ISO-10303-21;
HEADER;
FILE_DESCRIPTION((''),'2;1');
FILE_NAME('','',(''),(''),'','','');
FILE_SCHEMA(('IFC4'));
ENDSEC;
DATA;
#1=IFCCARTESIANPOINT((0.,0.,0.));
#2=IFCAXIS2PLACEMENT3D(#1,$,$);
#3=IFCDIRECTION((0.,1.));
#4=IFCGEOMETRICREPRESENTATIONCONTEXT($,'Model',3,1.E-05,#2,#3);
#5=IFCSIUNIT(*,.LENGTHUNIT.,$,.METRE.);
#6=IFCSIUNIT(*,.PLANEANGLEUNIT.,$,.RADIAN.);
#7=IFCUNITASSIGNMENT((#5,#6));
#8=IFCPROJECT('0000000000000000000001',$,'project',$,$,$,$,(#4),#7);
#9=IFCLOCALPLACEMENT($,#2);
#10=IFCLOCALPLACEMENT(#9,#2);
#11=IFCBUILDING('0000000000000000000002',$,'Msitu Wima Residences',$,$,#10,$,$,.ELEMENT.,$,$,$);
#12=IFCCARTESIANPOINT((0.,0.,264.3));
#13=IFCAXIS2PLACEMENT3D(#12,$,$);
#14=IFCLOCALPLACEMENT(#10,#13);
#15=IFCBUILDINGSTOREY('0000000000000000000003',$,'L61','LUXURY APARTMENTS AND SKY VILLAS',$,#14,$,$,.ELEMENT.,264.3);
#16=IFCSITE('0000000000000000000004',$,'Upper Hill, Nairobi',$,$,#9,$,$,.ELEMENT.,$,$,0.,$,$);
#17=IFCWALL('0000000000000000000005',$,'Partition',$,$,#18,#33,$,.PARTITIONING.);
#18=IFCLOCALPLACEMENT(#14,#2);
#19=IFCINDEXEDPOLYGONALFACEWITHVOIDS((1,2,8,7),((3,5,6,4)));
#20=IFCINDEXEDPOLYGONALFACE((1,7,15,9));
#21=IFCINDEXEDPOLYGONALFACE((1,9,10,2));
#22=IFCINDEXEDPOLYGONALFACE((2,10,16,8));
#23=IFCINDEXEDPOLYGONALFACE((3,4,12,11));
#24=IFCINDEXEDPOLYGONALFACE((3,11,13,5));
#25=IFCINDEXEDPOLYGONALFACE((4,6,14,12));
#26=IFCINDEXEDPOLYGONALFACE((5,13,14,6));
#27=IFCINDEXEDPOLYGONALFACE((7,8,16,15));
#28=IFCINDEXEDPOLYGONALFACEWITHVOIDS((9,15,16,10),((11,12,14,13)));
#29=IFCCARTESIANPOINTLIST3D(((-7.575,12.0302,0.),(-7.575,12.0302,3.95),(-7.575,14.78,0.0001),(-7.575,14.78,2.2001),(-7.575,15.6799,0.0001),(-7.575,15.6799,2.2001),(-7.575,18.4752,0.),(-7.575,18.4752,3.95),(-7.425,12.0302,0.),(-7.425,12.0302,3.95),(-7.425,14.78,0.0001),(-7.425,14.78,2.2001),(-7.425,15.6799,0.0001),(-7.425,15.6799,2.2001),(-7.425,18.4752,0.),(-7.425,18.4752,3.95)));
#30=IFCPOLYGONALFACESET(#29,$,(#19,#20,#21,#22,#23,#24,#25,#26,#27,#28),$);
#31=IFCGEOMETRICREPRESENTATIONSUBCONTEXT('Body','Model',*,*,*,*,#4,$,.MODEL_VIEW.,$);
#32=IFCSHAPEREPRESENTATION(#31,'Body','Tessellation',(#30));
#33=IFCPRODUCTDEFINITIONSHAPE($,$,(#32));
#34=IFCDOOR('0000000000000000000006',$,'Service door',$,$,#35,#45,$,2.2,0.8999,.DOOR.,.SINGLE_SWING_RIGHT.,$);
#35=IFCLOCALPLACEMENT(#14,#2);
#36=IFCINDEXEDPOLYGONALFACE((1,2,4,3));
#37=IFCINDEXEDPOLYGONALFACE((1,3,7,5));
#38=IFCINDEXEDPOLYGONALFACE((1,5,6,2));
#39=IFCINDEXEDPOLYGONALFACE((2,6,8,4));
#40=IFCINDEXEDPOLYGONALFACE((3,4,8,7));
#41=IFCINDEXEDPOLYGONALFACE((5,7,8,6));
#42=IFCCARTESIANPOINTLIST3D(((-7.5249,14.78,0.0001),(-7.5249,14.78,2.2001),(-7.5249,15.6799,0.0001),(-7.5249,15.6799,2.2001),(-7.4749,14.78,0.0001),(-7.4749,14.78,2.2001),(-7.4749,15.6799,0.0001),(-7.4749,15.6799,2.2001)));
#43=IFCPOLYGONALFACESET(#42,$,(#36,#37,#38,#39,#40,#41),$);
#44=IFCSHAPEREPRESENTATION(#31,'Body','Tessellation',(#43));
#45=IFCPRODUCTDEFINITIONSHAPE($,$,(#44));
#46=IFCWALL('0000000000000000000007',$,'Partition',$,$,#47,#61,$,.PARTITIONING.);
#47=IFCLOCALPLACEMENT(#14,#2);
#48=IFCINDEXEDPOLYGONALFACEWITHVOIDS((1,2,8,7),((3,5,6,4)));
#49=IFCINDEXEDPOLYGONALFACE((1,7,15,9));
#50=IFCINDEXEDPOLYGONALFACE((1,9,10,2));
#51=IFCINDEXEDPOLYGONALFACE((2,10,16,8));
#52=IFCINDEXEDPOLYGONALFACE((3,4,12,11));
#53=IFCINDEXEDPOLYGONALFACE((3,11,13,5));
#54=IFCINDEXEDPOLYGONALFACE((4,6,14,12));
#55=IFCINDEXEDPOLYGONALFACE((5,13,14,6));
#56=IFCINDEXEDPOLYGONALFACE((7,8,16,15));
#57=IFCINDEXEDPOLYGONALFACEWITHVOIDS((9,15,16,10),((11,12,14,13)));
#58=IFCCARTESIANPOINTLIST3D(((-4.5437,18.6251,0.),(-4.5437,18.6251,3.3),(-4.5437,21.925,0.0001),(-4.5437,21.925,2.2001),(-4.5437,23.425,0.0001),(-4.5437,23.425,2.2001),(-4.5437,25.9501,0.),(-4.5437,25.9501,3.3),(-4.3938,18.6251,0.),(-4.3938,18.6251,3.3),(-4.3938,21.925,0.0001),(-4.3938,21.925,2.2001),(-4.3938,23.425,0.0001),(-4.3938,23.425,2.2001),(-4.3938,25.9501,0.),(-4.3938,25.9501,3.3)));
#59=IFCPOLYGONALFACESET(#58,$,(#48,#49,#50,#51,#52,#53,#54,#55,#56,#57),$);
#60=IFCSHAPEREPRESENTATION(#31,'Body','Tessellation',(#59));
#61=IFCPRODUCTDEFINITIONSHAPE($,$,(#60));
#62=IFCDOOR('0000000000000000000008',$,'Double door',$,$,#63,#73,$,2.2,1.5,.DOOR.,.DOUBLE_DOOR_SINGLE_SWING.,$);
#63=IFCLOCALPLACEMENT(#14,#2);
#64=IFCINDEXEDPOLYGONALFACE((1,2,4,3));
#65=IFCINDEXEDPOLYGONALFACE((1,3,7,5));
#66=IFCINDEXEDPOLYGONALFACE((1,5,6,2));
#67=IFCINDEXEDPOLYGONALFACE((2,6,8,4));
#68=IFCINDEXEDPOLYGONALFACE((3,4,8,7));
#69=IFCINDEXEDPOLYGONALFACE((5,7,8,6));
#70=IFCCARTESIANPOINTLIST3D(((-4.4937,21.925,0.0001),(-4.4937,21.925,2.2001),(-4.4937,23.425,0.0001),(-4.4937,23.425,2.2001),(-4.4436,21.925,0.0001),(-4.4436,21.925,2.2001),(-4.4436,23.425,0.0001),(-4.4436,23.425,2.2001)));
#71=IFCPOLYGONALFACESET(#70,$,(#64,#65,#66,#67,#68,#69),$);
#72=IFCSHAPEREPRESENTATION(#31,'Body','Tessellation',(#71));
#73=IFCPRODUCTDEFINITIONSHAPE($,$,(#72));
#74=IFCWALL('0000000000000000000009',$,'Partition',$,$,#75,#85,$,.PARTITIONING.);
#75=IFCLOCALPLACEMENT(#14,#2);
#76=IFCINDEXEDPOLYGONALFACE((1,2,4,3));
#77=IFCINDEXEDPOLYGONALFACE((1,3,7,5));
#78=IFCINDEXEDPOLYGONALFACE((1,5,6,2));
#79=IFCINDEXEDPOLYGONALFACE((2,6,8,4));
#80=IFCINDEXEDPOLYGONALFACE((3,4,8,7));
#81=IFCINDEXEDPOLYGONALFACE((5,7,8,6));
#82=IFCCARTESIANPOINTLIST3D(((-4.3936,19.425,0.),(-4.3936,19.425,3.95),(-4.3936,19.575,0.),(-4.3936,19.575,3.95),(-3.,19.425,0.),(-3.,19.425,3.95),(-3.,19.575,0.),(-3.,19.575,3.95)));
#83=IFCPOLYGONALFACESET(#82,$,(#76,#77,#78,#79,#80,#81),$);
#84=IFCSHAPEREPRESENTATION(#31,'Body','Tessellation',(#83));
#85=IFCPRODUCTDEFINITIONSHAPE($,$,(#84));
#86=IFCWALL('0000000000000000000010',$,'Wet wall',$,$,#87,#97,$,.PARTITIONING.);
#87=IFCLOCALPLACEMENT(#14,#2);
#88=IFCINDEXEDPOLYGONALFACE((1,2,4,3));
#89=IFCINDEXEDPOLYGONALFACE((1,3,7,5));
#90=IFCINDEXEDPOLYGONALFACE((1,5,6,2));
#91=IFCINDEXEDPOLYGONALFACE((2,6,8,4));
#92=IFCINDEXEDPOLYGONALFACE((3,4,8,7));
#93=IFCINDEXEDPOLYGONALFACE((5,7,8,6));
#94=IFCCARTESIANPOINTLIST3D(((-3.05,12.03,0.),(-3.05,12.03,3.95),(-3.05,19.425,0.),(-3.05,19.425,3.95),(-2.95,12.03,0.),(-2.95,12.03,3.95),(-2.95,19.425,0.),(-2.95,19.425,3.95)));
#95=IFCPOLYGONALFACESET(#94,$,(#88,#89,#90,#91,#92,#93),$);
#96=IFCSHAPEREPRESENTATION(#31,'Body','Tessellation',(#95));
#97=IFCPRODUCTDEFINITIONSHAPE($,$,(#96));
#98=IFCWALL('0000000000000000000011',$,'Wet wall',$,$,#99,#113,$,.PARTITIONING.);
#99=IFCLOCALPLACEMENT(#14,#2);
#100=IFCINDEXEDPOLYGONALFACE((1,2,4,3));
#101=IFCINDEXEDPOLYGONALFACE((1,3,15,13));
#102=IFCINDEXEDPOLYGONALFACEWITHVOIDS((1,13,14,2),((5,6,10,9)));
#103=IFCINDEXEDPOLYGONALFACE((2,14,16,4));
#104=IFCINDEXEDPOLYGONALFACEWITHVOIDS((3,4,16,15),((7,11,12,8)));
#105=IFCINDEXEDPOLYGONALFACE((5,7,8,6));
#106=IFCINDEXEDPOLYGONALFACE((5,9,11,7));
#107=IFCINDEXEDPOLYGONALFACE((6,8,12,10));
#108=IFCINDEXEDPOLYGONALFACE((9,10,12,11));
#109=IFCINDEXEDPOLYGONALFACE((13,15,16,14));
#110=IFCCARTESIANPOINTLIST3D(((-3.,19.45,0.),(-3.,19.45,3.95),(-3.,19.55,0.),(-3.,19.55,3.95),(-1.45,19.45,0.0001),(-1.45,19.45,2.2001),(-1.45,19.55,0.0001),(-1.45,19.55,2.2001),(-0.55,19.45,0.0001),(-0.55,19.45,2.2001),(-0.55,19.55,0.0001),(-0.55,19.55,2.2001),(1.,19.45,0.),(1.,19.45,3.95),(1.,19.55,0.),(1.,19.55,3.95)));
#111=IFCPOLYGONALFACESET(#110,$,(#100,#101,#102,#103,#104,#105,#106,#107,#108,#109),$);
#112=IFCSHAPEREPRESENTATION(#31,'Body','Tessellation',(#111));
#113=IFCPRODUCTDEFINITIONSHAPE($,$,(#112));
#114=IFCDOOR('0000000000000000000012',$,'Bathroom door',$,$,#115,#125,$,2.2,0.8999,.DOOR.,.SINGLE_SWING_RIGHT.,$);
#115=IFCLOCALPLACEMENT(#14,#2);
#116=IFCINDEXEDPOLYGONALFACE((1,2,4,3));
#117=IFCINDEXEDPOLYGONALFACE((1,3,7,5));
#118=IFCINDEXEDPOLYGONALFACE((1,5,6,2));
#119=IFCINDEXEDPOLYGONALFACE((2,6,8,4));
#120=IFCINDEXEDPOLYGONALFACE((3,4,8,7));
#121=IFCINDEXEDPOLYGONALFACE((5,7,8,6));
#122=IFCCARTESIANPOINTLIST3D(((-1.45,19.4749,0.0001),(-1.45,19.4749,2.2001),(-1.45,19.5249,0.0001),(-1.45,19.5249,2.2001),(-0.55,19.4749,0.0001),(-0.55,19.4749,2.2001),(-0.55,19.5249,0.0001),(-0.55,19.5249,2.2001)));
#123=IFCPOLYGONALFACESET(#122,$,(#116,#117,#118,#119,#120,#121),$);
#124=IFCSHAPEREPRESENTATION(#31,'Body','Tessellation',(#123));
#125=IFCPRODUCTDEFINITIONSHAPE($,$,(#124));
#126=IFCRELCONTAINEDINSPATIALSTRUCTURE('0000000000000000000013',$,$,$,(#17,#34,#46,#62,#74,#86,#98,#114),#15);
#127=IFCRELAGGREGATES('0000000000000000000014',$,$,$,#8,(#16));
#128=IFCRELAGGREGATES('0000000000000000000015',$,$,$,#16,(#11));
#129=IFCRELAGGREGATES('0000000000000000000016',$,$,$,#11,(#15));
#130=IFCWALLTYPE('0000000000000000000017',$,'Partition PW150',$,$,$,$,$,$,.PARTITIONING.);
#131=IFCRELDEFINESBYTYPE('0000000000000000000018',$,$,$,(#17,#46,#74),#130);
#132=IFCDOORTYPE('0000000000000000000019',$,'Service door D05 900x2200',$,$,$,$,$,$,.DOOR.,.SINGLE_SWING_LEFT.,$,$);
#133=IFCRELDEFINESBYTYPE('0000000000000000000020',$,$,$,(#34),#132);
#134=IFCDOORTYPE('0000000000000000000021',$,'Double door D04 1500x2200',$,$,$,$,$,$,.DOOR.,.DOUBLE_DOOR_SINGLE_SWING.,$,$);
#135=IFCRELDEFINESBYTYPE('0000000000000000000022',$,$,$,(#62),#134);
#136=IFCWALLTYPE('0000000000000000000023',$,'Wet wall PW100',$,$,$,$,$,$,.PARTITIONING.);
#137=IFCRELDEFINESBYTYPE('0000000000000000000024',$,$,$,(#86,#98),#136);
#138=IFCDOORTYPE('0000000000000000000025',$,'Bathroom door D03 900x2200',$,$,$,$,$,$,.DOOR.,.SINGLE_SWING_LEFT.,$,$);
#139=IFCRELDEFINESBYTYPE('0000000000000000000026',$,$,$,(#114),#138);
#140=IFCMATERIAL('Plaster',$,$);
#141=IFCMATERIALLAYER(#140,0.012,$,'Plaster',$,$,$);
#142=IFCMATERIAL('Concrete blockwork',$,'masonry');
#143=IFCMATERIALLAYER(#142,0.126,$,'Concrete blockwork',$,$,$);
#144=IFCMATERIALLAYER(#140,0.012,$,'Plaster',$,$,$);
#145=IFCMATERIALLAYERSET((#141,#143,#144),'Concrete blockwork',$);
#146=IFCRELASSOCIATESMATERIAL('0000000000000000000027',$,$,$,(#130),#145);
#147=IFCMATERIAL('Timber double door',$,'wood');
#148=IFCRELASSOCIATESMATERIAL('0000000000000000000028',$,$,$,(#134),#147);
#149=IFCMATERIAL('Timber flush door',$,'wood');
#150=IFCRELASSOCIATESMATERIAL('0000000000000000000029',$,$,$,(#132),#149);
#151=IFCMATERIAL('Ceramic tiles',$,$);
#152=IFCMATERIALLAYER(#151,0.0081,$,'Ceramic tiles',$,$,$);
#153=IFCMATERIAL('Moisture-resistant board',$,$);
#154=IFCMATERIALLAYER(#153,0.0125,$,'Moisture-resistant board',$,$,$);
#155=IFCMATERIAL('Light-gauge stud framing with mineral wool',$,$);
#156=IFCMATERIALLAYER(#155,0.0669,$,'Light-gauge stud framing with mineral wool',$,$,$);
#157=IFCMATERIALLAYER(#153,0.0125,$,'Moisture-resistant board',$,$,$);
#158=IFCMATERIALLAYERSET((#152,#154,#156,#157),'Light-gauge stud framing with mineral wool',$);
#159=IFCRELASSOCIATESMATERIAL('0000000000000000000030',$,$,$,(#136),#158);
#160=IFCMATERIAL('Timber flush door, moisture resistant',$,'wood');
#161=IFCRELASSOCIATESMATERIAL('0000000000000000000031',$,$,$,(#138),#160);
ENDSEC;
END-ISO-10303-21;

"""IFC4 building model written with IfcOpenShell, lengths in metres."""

from ifc_helpers import new_model, si_unit, direction, frame, frame_2d, origin, place, context, subcontext, project, spatial, rectangle, extrude, material, layer, layer_set, type_object, element, fill, save


model = new_model("IFC4")

# Units and contexts
model_context = context("Model", 3, precision=1e-05, world=origin(), true_north=direction((0.0, 1.0)))
body_context = subcontext(model_context, "Body", "Model", "MODEL_VIEW")
ifc_project = project(units=[si_unit("LENGTHUNIT", "METRE"), si_unit("PLANEANGLEUNIT", "RADIAN")], contexts=[model_context])

# Site, building, storey
site_placement = place(None, origin())
site = spatial("IfcSite", under=ifc_project, at=site_placement, Name="Upper Hill, Nairobi", CompositionType="ELEMENT", RefElevation=0.0)
building_placement = place(site_placement, origin())
building = spatial("IfcBuilding", under=site, at=building_placement, Name="Msitu Wima Residences", CompositionType="ELEMENT")
storey_placement = place(building_placement, frame((0.0, 0.0, 264.3)))
storey = spatial("IfcBuildingStorey", under=building, at=storey_placement, Name="L61", Description="LUXURY APARTMENTS AND SKY VILLAS", CompositionType="ELEMENT", Elevation=264.3)

# Shared definitions
ifc_material_1 = material(Name="Plaster")
ifc_material_2 = material(Name="Concrete blockwork", Category="masonry")

# Walls, openings, doors
ifc_layer_1 = layer(ifc_material_1, 0.012, Name="Plaster")
ifc_layer_2 = layer(ifc_material_2, 0.126, Name="Concrete blockwork")
ifc_layer_3 = layer(ifc_material_1, 0.012, Name="Plaster")
ifc_layer_set_1 = layer_set([ifc_layer_1, ifc_layer_2, ifc_layer_3], Name="Concrete blockwork")
wall_type_1 = type_object("IfcWallType", Name="Partition PW150", PredefinedType="PARTITIONING", material=ifc_layer_set_1)
ifc_material_3 = material(Name="Timber flush door", Category="wood")
ifc_material_4 = material(Name="Timber double door", Category="wood")
door_type_1 = type_object("IfcDoorType", Name="Double door D04 1500x2200", OperationType="DOUBLE_DOOR_SINGLE_SWING", PredefinedType="DOOR", material=ifc_material_4)
wall_1_placement = place(storey_placement, frame((-7.5, 12.03, 0.0), z_axis=(0.0, 0.0, 1.0), x_axis=(0.0, 1.0, 0.0)))
wall_1 = element("IfcWall", 1, at=wall_1_placement, inside=storey, type_object=wall_type_1, Name="Partition", PredefinedType="PARTITIONING", context=body_context, shape_type="SweptSolid", body=[
    extrude(rectangle(XDim=6.4451, YDim=0.1499, at=frame_2d((3.2227, 0.0))), origin(), (0.0, 0.0, 1.0), 3.95),
])
opening_1_placement = place(wall_1_placement, frame((2.75, 0.0, 0.0)))
opening_1 = element("IfcOpeningElement", 2, at=opening_1_placement, cuts=wall_1, PredefinedType="OPENING", context=body_context, shape_type="SweptSolid", body=[
    extrude(rectangle(XDim=0.8999, YDim=2.2, at=frame_2d((0.45, 1.1001))), frame((0.0, 0.085, 0.0), z_axis=(0.0, -1.0, 0.0), x_axis=(1.0, 0.0, 0.0)), (0.0, 0.0, 1.0), 0.1699),
])
door_type_2 = type_object("IfcDoorType", Name="Service door D05 900x2200", OperationType="SINGLE_SWING_LEFT", PredefinedType="DOOR", material=ifc_material_3)
door_1_placement = place(opening_1_placement, origin())
door_1 = element("IfcDoor", 3, at=door_1_placement, inside=storey, type_object=door_type_2, Name="Service door", OperationType="SINGLE_SWING_RIGHT", OverallHeight=2.2, OverallWidth=0.8999, PredefinedType="DOOR", context=body_context, shape_type="SweptSolid", body=[
    extrude(rectangle(XDim=0.8999, YDim=2.2, at=frame_2d((0.45, 1.1001))), frame((0.0, 0.0249, 0.0), z_axis=(0.0, -1.0, 0.0), x_axis=(1.0, 0.0, 0.0)), (0.0, 0.0, 1.0), 0.05),
])
fill(opening_1, door_1)
wall_2_placement = place(storey_placement, frame((-4.4688, 18.625, 0.0), z_axis=(0.0, 0.0, 1.0), x_axis=(0.0, 1.0, 0.0)))
wall_2 = element("IfcWall", 4, at=wall_2_placement, inside=storey, type_object=wall_type_1, Name="Partition", PredefinedType="PARTITIONING", context=body_context, shape_type="SweptSolid", body=[
    extrude(rectangle(XDim=7.325, YDim=0.1499, at=frame_2d((3.6626, 0.0))), origin(), (0.0, 0.0, 1.0), 3.3),
])
opening_2_placement = place(wall_2_placement, frame((3.3, 0.0, 0.0)))
opening_2 = element("IfcOpeningElement", 5, at=opening_2_placement, cuts=wall_2, PredefinedType="OPENING", context=body_context, shape_type="SweptSolid", body=[
    extrude(rectangle(XDim=1.5, YDim=2.2, at=frame_2d((0.75, 1.1001))), frame((0.0, 0.085, 0.0), z_axis=(0.0, -1.0, 0.0), x_axis=(1.0, 0.0, 0.0)), (0.0, 0.0, 1.0), 0.1699),
])
door_2_placement = place(opening_2_placement, origin())
door_2 = element("IfcDoor", 6, at=door_2_placement, inside=storey, type_object=door_type_1, Name="Double door", OperationType="DOUBLE_DOOR_SINGLE_SWING", OverallHeight=2.2, OverallWidth=1.5, PredefinedType="DOOR", context=body_context, shape_type="SweptSolid", body=[
    extrude(rectangle(XDim=1.5, YDim=2.2, at=frame_2d((0.75, 1.1001))), frame((0.0, 0.0249, 0.0), z_axis=(0.0, -1.0, 0.0), x_axis=(1.0, 0.0, 0.0)), (0.0, 0.0, 1.0), 0.05),
])
fill(opening_2, door_2)

# Walls
wall_3_placement = place(storey_placement, frame((-4.3936, 19.5, 0.0), z_axis=(0.0, 0.0, 1.0), x_axis=(1.0, 0.0, 0.0)))
element("IfcWall", 7, at=wall_3_placement, inside=storey, type_object=wall_type_1, Name="Partition", PredefinedType="PARTITIONING", context=body_context, shape_type="SweptSolid", body=[
    extrude(rectangle(XDim=1.3936, YDim=0.1499, at=frame_2d((0.6968, 0.0))), origin(), (0.0, 0.0, 1.0), 3.95),
])
ifc_material_5 = material(Name="Ceramic tiles")
ifc_layer_4 = layer(ifc_material_5, 0.0081, Name="Ceramic tiles")
ifc_material_6 = material(Name="Moisture-resistant board")
ifc_layer_5 = layer(ifc_material_6, 0.0125, Name="Moisture-resistant board")
ifc_material_7 = material(Name="Light-gauge stud framing with mineral wool")
ifc_layer_6 = layer(ifc_material_7, 0.0669, Name="Light-gauge stud framing with mineral wool")
ifc_layer_7 = layer(ifc_material_6, 0.0125, Name="Moisture-resistant board")
ifc_layer_set_2 = layer_set([ifc_layer_4, ifc_layer_5, ifc_layer_6, ifc_layer_7], Name="Light-gauge stud framing with mineral wool")
wall_type_2 = type_object("IfcWallType", Name="Wet wall PW100", PredefinedType="PARTITIONING", material=ifc_layer_set_2)
wall_4_placement = place(storey_placement, frame((-3.0, 12.03, 0.0), z_axis=(0.0, 0.0, 1.0), x_axis=(0.0, 1.0, 0.0)))
element("IfcWall", 8, at=wall_4_placement, inside=storey, type_object=wall_type_2, Name="Wet wall", PredefinedType="PARTITIONING", context=body_context, shape_type="SweptSolid", body=[
    extrude(rectangle(XDim=7.395, YDim=0.1001, at=frame_2d((3.6975, 0.0))), origin(), (0.0, 0.0, 1.0), 3.95),
])

# Wall, opening, door
wall_5_placement = place(storey_placement, frame((-3.0, 19.5, 0.0), z_axis=(0.0, 0.0, 1.0), x_axis=(1.0, 0.0, 0.0)))
wall_5 = element("IfcWall", 9, at=wall_5_placement, inside=storey, type_object=wall_type_2, Name="Wet wall", PredefinedType="PARTITIONING", context=body_context, shape_type="SweptSolid", body=[
    extrude(rectangle(XDim=4.0, YDim=0.1001, at=frame_2d((2.0, 0.0))), origin(), (0.0, 0.0, 1.0), 3.95),
])
opening_3_placement = place(wall_5_placement, frame((1.55, 0.0, 0.0)))
opening_3 = element("IfcOpeningElement", 10, at=opening_3_placement, cuts=wall_5, PredefinedType="OPENING", context=body_context, shape_type="SweptSolid", body=[
    extrude(rectangle(XDim=0.8999, YDim=2.2, at=frame_2d((0.45, 1.1001))), frame((0.0, 0.0601, 0.0), z_axis=(0.0, -1.0, 0.0), x_axis=(1.0, 0.0, 0.0)), (0.0, 0.0, 1.0), 0.1201),
])
ifc_material_8 = material(Name="Timber flush door, moisture resistant", Category="wood")
door_type_3 = type_object("IfcDoorType", Name="Bathroom door D03 900x2200", OperationType="SINGLE_SWING_LEFT", PredefinedType="DOOR", material=ifc_material_8)
door_3_placement = place(opening_3_placement, origin())
door_3 = element("IfcDoor", 11, at=door_3_placement, inside=storey, type_object=door_type_3, Name="Bathroom door", OperationType="SINGLE_SWING_RIGHT", OverallHeight=2.2, OverallWidth=0.8999, PredefinedType="DOOR", context=body_context, shape_type="SweptSolid", body=[
    extrude(rectangle(XDim=0.8999, YDim=2.2, at=frame_2d((0.45, 1.1001))), frame((0.0, 0.0249, 0.0), z_axis=(0.0, -1.0, 0.0), x_axis=(1.0, 0.0, 0.0)), (0.0, 0.0, 1.0), 0.05),
])
fill(opening_3, door_3)

save(model, "model.ifc")
